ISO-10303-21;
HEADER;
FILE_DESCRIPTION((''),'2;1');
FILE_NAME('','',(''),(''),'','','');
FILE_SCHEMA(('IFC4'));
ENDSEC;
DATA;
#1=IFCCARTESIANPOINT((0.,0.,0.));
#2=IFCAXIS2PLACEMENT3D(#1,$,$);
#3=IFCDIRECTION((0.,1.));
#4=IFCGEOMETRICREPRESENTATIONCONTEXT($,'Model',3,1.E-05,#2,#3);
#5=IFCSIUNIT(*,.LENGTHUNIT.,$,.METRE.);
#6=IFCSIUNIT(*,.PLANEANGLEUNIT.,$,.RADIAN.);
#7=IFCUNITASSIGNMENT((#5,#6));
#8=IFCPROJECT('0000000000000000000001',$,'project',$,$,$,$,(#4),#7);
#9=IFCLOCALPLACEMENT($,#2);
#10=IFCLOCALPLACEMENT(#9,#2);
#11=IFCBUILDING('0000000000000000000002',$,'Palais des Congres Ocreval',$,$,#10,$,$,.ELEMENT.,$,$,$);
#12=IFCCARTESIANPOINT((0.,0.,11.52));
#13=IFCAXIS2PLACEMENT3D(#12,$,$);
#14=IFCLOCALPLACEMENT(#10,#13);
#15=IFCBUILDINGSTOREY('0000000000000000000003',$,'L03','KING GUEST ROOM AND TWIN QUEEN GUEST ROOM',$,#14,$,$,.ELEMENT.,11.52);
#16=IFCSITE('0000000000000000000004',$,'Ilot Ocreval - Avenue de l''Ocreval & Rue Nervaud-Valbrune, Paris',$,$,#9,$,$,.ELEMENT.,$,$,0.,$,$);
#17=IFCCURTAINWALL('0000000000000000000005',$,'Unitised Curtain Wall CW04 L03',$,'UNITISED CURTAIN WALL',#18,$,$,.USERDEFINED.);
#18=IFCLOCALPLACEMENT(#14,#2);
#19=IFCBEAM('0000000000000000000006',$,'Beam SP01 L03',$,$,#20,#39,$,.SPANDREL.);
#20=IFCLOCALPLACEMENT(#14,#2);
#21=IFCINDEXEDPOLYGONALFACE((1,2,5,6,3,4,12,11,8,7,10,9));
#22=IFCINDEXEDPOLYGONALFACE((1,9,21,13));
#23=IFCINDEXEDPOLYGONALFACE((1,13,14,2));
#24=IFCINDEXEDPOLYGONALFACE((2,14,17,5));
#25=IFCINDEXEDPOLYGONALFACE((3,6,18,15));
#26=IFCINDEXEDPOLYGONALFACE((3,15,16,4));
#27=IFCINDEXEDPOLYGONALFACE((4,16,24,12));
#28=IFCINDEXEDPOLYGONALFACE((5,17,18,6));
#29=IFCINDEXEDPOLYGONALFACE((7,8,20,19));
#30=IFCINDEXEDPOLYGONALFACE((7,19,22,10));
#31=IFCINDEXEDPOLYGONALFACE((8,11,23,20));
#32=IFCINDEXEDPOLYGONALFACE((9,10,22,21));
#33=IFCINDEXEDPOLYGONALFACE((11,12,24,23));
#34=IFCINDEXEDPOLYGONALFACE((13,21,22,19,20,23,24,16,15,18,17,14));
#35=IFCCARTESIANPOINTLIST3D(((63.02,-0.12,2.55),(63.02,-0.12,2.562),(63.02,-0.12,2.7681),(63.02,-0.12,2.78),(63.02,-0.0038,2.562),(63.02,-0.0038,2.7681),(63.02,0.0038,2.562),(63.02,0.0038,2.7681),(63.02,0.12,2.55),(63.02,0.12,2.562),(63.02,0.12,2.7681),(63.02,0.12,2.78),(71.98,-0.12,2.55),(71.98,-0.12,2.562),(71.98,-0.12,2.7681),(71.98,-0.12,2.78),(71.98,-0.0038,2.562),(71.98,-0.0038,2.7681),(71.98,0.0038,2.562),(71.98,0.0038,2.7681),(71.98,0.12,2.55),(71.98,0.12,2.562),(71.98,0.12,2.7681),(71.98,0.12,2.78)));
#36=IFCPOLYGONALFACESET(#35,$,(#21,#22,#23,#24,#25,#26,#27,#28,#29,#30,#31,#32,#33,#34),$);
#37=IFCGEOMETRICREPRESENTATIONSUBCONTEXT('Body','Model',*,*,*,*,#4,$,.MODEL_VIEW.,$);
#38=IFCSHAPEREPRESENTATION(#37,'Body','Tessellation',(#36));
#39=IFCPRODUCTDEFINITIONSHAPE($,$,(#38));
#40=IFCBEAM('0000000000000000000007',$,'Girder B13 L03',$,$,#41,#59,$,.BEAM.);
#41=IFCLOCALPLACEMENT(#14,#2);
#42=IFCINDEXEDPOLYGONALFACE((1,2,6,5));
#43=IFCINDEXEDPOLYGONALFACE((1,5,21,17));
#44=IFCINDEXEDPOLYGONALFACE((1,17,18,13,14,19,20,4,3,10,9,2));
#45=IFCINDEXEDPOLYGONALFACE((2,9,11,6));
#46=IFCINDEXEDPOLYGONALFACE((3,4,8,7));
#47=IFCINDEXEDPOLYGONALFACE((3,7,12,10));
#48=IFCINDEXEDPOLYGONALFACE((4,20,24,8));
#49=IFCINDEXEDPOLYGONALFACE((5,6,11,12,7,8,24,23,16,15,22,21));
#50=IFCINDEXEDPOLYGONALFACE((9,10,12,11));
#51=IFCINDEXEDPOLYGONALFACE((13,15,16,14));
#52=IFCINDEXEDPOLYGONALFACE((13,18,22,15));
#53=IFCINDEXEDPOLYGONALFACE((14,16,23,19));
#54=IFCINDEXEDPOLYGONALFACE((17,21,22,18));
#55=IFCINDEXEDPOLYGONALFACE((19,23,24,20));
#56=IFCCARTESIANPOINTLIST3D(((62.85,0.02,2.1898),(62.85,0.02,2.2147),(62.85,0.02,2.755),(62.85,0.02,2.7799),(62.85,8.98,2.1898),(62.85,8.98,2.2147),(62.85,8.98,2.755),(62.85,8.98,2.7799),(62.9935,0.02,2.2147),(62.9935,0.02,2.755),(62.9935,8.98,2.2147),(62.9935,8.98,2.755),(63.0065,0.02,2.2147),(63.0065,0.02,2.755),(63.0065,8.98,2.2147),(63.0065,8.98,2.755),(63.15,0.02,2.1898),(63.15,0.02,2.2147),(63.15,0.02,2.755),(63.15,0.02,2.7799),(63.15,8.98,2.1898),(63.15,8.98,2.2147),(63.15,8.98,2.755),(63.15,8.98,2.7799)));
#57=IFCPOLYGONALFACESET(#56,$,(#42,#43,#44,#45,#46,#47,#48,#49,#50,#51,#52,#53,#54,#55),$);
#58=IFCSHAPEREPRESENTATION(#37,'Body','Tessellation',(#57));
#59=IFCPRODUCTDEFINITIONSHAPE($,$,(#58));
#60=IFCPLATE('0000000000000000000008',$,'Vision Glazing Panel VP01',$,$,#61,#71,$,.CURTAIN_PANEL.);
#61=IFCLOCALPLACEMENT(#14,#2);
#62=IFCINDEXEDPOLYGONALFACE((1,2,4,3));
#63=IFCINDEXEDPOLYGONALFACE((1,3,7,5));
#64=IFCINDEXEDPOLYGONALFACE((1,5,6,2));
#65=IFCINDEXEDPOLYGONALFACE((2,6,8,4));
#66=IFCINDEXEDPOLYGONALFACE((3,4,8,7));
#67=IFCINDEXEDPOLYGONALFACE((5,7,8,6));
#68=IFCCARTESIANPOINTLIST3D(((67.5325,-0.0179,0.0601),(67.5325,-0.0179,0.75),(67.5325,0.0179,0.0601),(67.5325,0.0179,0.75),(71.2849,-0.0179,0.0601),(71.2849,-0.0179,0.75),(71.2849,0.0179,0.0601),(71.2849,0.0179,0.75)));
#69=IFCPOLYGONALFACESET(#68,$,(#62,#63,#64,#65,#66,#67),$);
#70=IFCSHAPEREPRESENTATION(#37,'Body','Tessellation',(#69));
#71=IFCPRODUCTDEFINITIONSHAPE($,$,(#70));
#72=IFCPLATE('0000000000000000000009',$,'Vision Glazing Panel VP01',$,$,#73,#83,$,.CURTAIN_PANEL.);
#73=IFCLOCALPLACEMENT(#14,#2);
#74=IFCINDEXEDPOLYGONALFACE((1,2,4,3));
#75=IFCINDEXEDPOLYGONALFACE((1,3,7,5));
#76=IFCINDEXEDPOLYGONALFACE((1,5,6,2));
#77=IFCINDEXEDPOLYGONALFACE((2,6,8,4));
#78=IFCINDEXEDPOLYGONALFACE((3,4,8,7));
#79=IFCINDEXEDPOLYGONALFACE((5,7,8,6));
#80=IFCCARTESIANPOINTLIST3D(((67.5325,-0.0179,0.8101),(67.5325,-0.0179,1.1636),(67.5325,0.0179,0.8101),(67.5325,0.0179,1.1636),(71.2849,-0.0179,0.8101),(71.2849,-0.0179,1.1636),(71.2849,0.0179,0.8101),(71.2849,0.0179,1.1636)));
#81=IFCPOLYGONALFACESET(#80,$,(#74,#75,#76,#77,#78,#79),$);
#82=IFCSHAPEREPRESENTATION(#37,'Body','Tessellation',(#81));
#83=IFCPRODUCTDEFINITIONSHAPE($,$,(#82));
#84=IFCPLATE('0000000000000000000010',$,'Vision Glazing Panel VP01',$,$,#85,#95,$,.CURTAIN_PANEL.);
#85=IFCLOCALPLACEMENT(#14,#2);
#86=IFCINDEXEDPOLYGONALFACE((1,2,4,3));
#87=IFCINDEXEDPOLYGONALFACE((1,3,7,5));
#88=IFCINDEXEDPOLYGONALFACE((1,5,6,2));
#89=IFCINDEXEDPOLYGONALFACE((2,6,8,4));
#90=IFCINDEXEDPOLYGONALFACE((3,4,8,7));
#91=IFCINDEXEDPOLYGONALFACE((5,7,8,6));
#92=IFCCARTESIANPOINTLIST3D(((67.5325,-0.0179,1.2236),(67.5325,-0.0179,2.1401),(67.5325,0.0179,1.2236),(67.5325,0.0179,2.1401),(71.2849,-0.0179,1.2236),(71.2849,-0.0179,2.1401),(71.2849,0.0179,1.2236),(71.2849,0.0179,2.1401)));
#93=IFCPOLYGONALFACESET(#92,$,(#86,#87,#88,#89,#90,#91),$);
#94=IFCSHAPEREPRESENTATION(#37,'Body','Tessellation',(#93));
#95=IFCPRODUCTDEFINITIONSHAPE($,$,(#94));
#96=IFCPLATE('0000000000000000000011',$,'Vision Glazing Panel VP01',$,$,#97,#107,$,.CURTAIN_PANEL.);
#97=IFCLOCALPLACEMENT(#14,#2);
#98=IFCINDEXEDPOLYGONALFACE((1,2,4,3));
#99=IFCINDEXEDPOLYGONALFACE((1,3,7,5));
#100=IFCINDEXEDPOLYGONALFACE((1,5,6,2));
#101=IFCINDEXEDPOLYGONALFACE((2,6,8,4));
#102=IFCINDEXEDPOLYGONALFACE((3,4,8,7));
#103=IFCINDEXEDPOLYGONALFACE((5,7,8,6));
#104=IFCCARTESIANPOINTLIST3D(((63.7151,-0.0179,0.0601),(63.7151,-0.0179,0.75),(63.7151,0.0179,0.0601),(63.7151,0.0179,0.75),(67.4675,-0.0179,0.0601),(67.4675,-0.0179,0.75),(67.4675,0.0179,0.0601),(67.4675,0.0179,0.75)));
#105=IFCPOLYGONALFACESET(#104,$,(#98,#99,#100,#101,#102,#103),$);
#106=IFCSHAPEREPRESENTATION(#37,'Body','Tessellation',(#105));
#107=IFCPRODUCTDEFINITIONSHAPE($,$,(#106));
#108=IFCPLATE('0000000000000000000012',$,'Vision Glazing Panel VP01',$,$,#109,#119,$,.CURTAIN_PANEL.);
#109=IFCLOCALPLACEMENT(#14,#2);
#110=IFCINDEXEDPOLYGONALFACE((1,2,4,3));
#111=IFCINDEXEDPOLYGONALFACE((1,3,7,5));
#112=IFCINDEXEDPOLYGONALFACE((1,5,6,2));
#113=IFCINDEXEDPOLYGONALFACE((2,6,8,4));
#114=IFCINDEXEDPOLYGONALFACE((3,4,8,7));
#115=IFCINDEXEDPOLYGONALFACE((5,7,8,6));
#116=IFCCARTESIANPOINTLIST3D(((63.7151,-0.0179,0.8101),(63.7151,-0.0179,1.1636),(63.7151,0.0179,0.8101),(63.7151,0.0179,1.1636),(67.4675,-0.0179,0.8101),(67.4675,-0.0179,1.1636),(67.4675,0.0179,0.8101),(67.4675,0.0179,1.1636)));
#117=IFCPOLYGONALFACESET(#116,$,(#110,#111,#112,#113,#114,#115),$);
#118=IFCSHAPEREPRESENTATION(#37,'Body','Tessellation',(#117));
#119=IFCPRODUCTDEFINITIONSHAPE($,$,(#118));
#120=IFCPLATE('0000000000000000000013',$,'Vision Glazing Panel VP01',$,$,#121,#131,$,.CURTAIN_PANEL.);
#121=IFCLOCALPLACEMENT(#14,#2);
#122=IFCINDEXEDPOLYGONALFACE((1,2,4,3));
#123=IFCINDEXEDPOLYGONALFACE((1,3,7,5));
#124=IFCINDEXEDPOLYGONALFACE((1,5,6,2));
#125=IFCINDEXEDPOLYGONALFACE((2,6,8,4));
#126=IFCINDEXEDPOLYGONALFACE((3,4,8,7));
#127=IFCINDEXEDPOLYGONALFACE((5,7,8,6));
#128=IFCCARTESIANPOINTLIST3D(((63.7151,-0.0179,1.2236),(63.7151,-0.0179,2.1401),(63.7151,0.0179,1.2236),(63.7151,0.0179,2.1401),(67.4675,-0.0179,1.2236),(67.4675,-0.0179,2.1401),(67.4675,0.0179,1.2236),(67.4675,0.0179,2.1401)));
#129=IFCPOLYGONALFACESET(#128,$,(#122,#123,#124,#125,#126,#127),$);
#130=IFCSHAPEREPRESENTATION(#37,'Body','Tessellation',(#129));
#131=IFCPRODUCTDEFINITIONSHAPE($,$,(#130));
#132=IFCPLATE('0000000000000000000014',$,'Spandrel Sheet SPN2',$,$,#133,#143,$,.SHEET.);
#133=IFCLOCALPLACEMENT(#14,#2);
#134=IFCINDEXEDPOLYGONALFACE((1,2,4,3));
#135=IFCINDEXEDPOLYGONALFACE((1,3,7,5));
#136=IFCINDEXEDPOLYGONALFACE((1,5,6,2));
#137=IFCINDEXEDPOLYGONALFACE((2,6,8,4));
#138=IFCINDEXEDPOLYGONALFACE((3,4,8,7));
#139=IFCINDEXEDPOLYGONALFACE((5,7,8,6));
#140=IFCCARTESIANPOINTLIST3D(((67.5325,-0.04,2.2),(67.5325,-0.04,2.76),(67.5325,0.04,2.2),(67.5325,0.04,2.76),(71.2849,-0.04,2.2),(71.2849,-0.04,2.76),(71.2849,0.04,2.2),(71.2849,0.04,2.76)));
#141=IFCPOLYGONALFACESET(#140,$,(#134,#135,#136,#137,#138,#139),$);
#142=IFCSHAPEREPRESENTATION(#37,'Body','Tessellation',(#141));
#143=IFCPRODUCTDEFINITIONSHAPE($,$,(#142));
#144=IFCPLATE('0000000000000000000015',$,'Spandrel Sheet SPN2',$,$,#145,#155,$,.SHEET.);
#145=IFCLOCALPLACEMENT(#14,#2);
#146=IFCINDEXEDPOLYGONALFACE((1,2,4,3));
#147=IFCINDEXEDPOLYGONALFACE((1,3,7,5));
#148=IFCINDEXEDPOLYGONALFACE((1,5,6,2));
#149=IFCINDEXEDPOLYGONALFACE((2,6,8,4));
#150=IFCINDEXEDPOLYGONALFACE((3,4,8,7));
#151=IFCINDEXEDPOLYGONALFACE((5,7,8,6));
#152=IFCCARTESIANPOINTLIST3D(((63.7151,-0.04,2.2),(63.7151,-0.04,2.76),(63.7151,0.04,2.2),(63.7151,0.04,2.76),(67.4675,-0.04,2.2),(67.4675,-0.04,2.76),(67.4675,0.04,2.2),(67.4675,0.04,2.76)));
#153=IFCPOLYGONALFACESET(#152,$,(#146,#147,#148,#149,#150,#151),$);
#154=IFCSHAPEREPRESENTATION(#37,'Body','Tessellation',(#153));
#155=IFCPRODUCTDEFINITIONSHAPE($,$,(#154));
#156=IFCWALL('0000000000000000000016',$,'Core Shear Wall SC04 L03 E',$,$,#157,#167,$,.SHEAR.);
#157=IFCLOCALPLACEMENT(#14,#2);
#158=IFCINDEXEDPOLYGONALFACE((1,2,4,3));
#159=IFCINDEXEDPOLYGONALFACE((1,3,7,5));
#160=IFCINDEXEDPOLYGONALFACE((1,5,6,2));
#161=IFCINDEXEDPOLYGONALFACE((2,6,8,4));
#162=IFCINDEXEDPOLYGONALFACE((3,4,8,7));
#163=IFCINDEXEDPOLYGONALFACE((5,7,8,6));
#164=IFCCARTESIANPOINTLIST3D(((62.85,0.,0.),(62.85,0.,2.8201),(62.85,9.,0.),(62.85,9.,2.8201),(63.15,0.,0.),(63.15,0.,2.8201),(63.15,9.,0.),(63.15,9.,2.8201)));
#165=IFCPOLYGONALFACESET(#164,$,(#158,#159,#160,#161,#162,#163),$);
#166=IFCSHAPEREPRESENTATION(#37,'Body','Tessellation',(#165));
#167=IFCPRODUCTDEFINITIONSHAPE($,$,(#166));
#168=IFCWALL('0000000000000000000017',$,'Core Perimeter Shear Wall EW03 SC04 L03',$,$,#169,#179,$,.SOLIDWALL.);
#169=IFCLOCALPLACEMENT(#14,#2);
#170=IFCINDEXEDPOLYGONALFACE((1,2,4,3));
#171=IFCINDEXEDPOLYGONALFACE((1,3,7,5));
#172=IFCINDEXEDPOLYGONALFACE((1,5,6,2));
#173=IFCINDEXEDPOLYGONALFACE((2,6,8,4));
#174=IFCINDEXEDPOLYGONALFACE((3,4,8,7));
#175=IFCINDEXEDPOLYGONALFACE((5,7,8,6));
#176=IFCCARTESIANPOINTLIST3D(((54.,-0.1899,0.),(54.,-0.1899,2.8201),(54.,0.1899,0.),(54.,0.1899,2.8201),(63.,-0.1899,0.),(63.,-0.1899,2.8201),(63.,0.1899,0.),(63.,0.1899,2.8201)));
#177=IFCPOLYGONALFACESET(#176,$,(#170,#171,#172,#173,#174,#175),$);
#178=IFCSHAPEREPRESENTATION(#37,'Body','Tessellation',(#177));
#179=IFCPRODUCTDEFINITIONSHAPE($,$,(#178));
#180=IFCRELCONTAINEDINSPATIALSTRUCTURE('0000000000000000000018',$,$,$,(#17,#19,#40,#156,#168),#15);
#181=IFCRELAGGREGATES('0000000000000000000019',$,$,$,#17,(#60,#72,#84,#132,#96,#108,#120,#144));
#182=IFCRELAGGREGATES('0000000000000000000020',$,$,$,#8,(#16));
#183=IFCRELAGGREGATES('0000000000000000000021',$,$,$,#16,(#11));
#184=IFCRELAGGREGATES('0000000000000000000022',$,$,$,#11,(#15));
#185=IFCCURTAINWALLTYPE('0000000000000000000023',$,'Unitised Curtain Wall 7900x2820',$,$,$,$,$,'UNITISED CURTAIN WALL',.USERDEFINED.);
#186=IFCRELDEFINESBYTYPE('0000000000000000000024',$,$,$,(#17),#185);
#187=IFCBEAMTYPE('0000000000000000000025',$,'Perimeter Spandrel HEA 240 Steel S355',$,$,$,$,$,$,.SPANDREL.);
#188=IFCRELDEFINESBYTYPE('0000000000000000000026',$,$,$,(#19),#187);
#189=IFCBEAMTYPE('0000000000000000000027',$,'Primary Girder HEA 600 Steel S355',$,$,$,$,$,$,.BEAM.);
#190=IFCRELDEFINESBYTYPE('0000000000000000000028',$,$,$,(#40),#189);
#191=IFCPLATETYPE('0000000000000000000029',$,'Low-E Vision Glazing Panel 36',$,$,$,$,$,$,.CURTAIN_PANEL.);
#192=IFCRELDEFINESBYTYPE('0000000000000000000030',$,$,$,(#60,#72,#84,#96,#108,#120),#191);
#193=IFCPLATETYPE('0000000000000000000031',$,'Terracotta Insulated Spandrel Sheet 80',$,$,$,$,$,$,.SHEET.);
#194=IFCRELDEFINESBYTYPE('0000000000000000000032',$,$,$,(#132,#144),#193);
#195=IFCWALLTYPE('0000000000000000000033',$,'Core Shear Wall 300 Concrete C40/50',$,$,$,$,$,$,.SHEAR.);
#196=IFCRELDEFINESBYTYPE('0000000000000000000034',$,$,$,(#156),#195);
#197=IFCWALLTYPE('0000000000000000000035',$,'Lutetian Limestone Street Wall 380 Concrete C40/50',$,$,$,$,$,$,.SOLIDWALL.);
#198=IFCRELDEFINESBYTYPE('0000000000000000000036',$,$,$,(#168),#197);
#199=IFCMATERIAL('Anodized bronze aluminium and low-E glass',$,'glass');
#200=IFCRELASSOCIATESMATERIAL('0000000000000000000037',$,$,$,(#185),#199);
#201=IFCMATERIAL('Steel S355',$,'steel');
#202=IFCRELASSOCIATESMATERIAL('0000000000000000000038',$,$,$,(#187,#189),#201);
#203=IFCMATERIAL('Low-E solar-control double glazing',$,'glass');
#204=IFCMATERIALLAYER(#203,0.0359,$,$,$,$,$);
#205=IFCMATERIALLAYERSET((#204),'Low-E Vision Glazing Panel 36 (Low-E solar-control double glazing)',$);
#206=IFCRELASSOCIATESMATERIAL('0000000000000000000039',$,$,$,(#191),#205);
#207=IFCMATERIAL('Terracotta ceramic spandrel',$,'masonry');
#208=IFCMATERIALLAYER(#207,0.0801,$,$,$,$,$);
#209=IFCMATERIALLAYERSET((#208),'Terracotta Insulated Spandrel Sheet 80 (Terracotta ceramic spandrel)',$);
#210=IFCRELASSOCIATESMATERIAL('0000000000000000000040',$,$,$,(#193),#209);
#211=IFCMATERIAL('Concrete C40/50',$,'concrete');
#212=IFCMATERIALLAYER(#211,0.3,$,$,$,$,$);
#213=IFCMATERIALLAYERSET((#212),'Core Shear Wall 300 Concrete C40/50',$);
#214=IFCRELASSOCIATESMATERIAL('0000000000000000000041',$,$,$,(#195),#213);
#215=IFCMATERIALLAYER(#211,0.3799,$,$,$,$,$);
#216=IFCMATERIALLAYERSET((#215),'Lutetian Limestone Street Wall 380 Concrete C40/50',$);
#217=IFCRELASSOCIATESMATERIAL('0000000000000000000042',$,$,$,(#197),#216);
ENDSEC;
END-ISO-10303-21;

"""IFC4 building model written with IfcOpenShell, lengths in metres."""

from ifc_helpers import new_model, si_unit, direction, frame, frame_2d, origin, origin_2d, place, context, subcontext, project, spatial, rectangle, i_section, extrude, material, layer, layer_set, material_profile, profile_set, type_object, element, aggregate, save


model = new_model("IFC4")

# Units and contexts
model_context = context("Model", 3, precision=1e-05, world=origin(), true_north=direction((0.0, 1.0)))
body_context = subcontext(model_context, "Body", "Model", "MODEL_VIEW")
ifc_project = project(units=[si_unit("LENGTHUNIT", "METRE"), si_unit("PLANEANGLEUNIT", "RADIAN")], contexts=[model_context])

# Site, building, storey
site_placement = place(None, origin())
site = spatial("IfcSite", under=ifc_project, at=site_placement, Name="Ilot Ocreval - Avenue de l'Ocreval & Rue Nervaud-Valbrune, Paris", CompositionType="ELEMENT", RefElevation=0.0)
building_placement = place(site_placement, origin())
building = spatial("IfcBuilding", under=site, at=building_placement, Name="Palais des Congres Ocreval", CompositionType="ELEMENT")
storey_placement = place(building_placement, frame((0.0, 0.0, 11.52)))
storey = spatial("IfcBuildingStorey", under=building, at=storey_placement, Name="L03", Description="KING GUEST ROOM AND TWIN QUEEN GUEST ROOM", CompositionType="ELEMENT", Elevation=11.52)

# Shared definitions
ifc_material_1 = material(Name="Steel S355", Category="steel")

# Curtain wall
ifc_material_2 = material(Name="Anodized bronze aluminium and low-E glass", Category="glass")
curtain_wall_type = type_object("IfcCurtainWallType", Name="Unitised Curtain Wall 7900x2820", ElementType="UNITISED CURTAIN WALL", PredefinedType="USERDEFINED", material=ifc_material_2)
curtain_wall_placement = place(storey_placement, origin())
curtain_wall = element("IfcCurtainWall", 1, at=curtain_wall_placement, inside=storey, type_object=curtain_wall_type, Name="Unitised Curtain Wall CW04 L03", ObjectType="UNITISED CURTAIN WALL", PredefinedType="USERDEFINED")

# Beams
ifc_material_profile_1 = material_profile(ifc_material_1, i_section(OverallWidth=0.24, OverallDepth=0.23, WebThickness=0.0076, FlangeThickness=0.012, at=origin_2d()), Name="HEA 240")
ifc_profile_set_1 = profile_set([ifc_material_profile_1], Name="Steel S355")
beam_type_1 = type_object("IfcBeamType", Name="Perimeter Spandrel HEA 240 Steel S355", PredefinedType="SPANDREL", material=ifc_profile_set_1)
beam_1_placement = place(storey_placement, frame((63.02, 0.0, 2.665), z_axis=(1.0, 0.0, 0.0), x_axis=(0.0, 1.0, 0.0)))
element("IfcBeam", 2, at=beam_1_placement, inside=storey, type_object=beam_type_1, Name="Beam SP01 L03", PredefinedType="SPANDREL", context=body_context, shape_type="SweptSolid", body=[
    extrude(i_section(OverallWidth=0.24, OverallDepth=0.23, WebThickness=0.0076, FlangeThickness=0.012, at=origin_2d()), origin(), (0.0, 0.0, 1.0), 8.96),
])
ifc_material_profile_2 = material_profile(ifc_material_1, i_section(OverallWidth=0.3, OverallDepth=0.5901, WebThickness=0.0129, FlangeThickness=0.0249, at=origin_2d()), Name="HEA 600")
ifc_profile_set_2 = profile_set([ifc_material_profile_2], Name="Steel S355")
beam_type_2 = type_object("IfcBeamType", Name="Primary Girder HEA 600 Steel S355", PredefinedType="BEAM", material=ifc_profile_set_2)
beam_2_placement = place(storey_placement, frame((63.0, 0.02, 2.4849), z_axis=(0.0, 1.0, 0.0), x_axis=(-1.0, 0.0, 0.0)))
element("IfcBeam", 3, at=beam_2_placement, inside=storey, type_object=beam_type_2, Name="Girder B13 L03", PredefinedType="BEAM", context=body_context, shape_type="SweptSolid", body=[
    extrude(i_section(OverallWidth=0.3, OverallDepth=0.5901, WebThickness=0.0129, FlangeThickness=0.0249, at=origin_2d()), origin(), (0.0, 0.0, 1.0), 8.96),
])

# Plates
ifc_material_3 = material(Name="Low-E solar-control double glazing", Category="glass")
ifc_layer_1 = layer(ifc_material_3, 0.0359)
ifc_layer_set_1 = layer_set([ifc_layer_1], Name="Low-E Vision Glazing Panel 36 (Low-E solar-control double glazing)")
plate_type_1 = type_object("IfcPlateType", Name="Low-E Vision Glazing Panel 36", PredefinedType="CURTAIN_PANEL", material=ifc_layer_set_1)
plate_1_placement = place(storey_placement, frame((69.4087, 0.0, 0.0601), z_axis=(0.0, 0.0, 1.0), x_axis=(-1.0, 0.0, 0.0)))
plate_1 = element("IfcPlate", 4, at=plate_1_placement, type_object=plate_type_1, Name="Vision Glazing Panel VP01", PredefinedType="CURTAIN_PANEL", context=body_context, shape_type="SweptSolid", body=[
    extrude(rectangle(XDim=3.7524, YDim=0.0359, at=origin_2d()), origin(), (0.0, 0.0, 1.0), 0.6899),
])
plate_2_placement = place(storey_placement, frame((69.4087, 0.0, 0.8101), z_axis=(0.0, 0.0, 1.0), x_axis=(-1.0, 0.0, 0.0)))
plate_2 = element("IfcPlate", 5, at=plate_2_placement, type_object=plate_type_1, Name="Vision Glazing Panel VP01", PredefinedType="CURTAIN_PANEL", context=body_context, shape_type="SweptSolid", body=[
    extrude(rectangle(XDim=3.7524, YDim=0.0359, at=origin_2d()), origin(), (0.0, 0.0, 1.0), 0.3535),
])
plate_3_placement = place(storey_placement, frame((69.4087, 0.0, 1.2236), z_axis=(0.0, 0.0, 1.0), x_axis=(-1.0, 0.0, 0.0)))
plate_3 = element("IfcPlate", 6, at=plate_3_placement, type_object=plate_type_1, Name="Vision Glazing Panel VP01", PredefinedType="CURTAIN_PANEL", context=body_context, shape_type="SweptSolid", body=[
    extrude(rectangle(XDim=3.7524, YDim=0.0359, at=origin_2d()), origin(), (0.0, 0.0, 1.0), 0.9165),
])
plate_4_placement = place(storey_placement, frame((65.5913, 0.0, 0.0601), z_axis=(0.0, 0.0, 1.0), x_axis=(-1.0, 0.0, 0.0)))
plate_4 = element("IfcPlate", 7, at=plate_4_placement, type_object=plate_type_1, Name="Vision Glazing Panel VP01", PredefinedType="CURTAIN_PANEL", context=body_context, shape_type="SweptSolid", body=[
    extrude(rectangle(XDim=3.7524, YDim=0.0359, at=origin_2d()), origin(), (0.0, 0.0, 1.0), 0.6899),
])
plate_5_placement = place(storey_placement, frame((65.5913, 0.0, 0.8101), z_axis=(0.0, 0.0, 1.0), x_axis=(-1.0, 0.0, 0.0)))
plate_5 = element("IfcPlate", 8, at=plate_5_placement, type_object=plate_type_1, Name="Vision Glazing Panel VP01", PredefinedType="CURTAIN_PANEL", context=body_context, shape_type="SweptSolid", body=[
    extrude(rectangle(XDim=3.7524, YDim=0.0359, at=origin_2d()), origin(), (0.0, 0.0, 1.0), 0.3535),
])
plate_6_placement = place(storey_placement, frame((65.5913, 0.0, 1.2236), z_axis=(0.0, 0.0, 1.0), x_axis=(-1.0, 0.0, 0.0)))
plate_6 = element("IfcPlate", 9, at=plate_6_placement, type_object=plate_type_1, Name="Vision Glazing Panel VP01", PredefinedType="CURTAIN_PANEL", context=body_context, shape_type="SweptSolid", body=[
    extrude(rectangle(XDim=3.7524, YDim=0.0359, at=origin_2d()), origin(), (0.0, 0.0, 1.0), 0.9165),
])
ifc_material_4 = material(Name="Terracotta ceramic spandrel", Category="masonry")
ifc_layer_2 = layer(ifc_material_4, 0.0801)
ifc_layer_set_2 = layer_set([ifc_layer_2], Name="Terracotta Insulated Spandrel Sheet 80 (Terracotta ceramic spandrel)")
plate_type_2 = type_object("IfcPlateType", Name="Terracotta Insulated Spandrel Sheet 80", PredefinedType="SHEET", material=ifc_layer_set_2)
plate_7_placement = place(storey_placement, frame((69.4087, 0.0, 2.2), z_axis=(0.0, 0.0, 1.0), x_axis=(-1.0, 0.0, 0.0)))
plate_7 = element("IfcPlate", 10, at=plate_7_placement, type_object=plate_type_2, Name="Spandrel Sheet SPN2", PredefinedType="SHEET", context=body_context, shape_type="SweptSolid", body=[
    extrude(rectangle(XDim=3.7524, YDim=0.0801, at=origin_2d()), origin(), (0.0, 0.0, 1.0), 0.5601),
])
plate_8_placement = place(storey_placement, frame((65.5913, 0.0, 2.2), z_axis=(0.0, 0.0, 1.0), x_axis=(-1.0, 0.0, 0.0)))
plate_8 = element("IfcPlate", 11, at=plate_8_placement, type_object=plate_type_2, Name="Spandrel Sheet SPN2", PredefinedType="SHEET", context=body_context, shape_type="SweptSolid", body=[
    extrude(rectangle(XDim=3.7524, YDim=0.0801, at=origin_2d()), origin(), (0.0, 0.0, 1.0), 0.5601),
])
aggregate(curtain_wall, [plate_1, plate_2, plate_3, plate_7, plate_4, plate_5, plate_6, plate_8])

# Walls
ifc_material_5 = material(Name="Concrete C40/50", Category="concrete")
ifc_layer_3 = layer(ifc_material_5, 0.3)
ifc_layer_set_3 = layer_set([ifc_layer_3], Name="Core Shear Wall 300 Concrete C40/50")
wall_type_1 = type_object("IfcWallType", Name="Core Shear Wall 300 Concrete C40/50", PredefinedType="SHEAR", material=ifc_layer_set_3)
wall_1_placement = place(storey_placement, frame((63.0, 0.0, 0.0), z_axis=(0.0, 0.0, 1.0), x_axis=(0.0, 1.0, 0.0)))
element("IfcWall", 12, at=wall_1_placement, inside=storey, type_object=wall_type_1, Name="Core Shear Wall SC04 L03 E", PredefinedType="SHEAR", context=body_context, shape_type="SweptSolid", body=[
    extrude(rectangle(XDim=9.0, YDim=0.3, at=frame_2d((4.5, 0.0))), origin(), (0.0, 0.0, 1.0), 2.8201),
])
ifc_layer_4 = layer(ifc_material_5, 0.3799)
ifc_layer_set_4 = layer_set([ifc_layer_4], Name="Lutetian Limestone Street Wall 380 Concrete C40/50")
wall_type_2 = type_object("IfcWallType", Name="Lutetian Limestone Street Wall 380 Concrete C40/50", PredefinedType="SOLIDWALL", material=ifc_layer_set_4)
wall_2_placement = place(storey_placement, frame((63.0, 0.0, 0.0), z_axis=(0.0, 0.0, 1.0), x_axis=(-1.0, 0.0, 0.0)))
element("IfcWall", 13, at=wall_2_placement, inside=storey, type_object=wall_type_2, Name="Core Perimeter Shear Wall EW03 SC04 L03", PredefinedType="SOLIDWALL", context=body_context, shape_type="SweptSolid", body=[
    extrude(rectangle(XDim=9.0, YDim=0.3799, at=frame_2d((4.5, 0.0))), origin(), (0.0, 0.0, 1.0), 2.8201),
])

save(model, "model.ifc")
